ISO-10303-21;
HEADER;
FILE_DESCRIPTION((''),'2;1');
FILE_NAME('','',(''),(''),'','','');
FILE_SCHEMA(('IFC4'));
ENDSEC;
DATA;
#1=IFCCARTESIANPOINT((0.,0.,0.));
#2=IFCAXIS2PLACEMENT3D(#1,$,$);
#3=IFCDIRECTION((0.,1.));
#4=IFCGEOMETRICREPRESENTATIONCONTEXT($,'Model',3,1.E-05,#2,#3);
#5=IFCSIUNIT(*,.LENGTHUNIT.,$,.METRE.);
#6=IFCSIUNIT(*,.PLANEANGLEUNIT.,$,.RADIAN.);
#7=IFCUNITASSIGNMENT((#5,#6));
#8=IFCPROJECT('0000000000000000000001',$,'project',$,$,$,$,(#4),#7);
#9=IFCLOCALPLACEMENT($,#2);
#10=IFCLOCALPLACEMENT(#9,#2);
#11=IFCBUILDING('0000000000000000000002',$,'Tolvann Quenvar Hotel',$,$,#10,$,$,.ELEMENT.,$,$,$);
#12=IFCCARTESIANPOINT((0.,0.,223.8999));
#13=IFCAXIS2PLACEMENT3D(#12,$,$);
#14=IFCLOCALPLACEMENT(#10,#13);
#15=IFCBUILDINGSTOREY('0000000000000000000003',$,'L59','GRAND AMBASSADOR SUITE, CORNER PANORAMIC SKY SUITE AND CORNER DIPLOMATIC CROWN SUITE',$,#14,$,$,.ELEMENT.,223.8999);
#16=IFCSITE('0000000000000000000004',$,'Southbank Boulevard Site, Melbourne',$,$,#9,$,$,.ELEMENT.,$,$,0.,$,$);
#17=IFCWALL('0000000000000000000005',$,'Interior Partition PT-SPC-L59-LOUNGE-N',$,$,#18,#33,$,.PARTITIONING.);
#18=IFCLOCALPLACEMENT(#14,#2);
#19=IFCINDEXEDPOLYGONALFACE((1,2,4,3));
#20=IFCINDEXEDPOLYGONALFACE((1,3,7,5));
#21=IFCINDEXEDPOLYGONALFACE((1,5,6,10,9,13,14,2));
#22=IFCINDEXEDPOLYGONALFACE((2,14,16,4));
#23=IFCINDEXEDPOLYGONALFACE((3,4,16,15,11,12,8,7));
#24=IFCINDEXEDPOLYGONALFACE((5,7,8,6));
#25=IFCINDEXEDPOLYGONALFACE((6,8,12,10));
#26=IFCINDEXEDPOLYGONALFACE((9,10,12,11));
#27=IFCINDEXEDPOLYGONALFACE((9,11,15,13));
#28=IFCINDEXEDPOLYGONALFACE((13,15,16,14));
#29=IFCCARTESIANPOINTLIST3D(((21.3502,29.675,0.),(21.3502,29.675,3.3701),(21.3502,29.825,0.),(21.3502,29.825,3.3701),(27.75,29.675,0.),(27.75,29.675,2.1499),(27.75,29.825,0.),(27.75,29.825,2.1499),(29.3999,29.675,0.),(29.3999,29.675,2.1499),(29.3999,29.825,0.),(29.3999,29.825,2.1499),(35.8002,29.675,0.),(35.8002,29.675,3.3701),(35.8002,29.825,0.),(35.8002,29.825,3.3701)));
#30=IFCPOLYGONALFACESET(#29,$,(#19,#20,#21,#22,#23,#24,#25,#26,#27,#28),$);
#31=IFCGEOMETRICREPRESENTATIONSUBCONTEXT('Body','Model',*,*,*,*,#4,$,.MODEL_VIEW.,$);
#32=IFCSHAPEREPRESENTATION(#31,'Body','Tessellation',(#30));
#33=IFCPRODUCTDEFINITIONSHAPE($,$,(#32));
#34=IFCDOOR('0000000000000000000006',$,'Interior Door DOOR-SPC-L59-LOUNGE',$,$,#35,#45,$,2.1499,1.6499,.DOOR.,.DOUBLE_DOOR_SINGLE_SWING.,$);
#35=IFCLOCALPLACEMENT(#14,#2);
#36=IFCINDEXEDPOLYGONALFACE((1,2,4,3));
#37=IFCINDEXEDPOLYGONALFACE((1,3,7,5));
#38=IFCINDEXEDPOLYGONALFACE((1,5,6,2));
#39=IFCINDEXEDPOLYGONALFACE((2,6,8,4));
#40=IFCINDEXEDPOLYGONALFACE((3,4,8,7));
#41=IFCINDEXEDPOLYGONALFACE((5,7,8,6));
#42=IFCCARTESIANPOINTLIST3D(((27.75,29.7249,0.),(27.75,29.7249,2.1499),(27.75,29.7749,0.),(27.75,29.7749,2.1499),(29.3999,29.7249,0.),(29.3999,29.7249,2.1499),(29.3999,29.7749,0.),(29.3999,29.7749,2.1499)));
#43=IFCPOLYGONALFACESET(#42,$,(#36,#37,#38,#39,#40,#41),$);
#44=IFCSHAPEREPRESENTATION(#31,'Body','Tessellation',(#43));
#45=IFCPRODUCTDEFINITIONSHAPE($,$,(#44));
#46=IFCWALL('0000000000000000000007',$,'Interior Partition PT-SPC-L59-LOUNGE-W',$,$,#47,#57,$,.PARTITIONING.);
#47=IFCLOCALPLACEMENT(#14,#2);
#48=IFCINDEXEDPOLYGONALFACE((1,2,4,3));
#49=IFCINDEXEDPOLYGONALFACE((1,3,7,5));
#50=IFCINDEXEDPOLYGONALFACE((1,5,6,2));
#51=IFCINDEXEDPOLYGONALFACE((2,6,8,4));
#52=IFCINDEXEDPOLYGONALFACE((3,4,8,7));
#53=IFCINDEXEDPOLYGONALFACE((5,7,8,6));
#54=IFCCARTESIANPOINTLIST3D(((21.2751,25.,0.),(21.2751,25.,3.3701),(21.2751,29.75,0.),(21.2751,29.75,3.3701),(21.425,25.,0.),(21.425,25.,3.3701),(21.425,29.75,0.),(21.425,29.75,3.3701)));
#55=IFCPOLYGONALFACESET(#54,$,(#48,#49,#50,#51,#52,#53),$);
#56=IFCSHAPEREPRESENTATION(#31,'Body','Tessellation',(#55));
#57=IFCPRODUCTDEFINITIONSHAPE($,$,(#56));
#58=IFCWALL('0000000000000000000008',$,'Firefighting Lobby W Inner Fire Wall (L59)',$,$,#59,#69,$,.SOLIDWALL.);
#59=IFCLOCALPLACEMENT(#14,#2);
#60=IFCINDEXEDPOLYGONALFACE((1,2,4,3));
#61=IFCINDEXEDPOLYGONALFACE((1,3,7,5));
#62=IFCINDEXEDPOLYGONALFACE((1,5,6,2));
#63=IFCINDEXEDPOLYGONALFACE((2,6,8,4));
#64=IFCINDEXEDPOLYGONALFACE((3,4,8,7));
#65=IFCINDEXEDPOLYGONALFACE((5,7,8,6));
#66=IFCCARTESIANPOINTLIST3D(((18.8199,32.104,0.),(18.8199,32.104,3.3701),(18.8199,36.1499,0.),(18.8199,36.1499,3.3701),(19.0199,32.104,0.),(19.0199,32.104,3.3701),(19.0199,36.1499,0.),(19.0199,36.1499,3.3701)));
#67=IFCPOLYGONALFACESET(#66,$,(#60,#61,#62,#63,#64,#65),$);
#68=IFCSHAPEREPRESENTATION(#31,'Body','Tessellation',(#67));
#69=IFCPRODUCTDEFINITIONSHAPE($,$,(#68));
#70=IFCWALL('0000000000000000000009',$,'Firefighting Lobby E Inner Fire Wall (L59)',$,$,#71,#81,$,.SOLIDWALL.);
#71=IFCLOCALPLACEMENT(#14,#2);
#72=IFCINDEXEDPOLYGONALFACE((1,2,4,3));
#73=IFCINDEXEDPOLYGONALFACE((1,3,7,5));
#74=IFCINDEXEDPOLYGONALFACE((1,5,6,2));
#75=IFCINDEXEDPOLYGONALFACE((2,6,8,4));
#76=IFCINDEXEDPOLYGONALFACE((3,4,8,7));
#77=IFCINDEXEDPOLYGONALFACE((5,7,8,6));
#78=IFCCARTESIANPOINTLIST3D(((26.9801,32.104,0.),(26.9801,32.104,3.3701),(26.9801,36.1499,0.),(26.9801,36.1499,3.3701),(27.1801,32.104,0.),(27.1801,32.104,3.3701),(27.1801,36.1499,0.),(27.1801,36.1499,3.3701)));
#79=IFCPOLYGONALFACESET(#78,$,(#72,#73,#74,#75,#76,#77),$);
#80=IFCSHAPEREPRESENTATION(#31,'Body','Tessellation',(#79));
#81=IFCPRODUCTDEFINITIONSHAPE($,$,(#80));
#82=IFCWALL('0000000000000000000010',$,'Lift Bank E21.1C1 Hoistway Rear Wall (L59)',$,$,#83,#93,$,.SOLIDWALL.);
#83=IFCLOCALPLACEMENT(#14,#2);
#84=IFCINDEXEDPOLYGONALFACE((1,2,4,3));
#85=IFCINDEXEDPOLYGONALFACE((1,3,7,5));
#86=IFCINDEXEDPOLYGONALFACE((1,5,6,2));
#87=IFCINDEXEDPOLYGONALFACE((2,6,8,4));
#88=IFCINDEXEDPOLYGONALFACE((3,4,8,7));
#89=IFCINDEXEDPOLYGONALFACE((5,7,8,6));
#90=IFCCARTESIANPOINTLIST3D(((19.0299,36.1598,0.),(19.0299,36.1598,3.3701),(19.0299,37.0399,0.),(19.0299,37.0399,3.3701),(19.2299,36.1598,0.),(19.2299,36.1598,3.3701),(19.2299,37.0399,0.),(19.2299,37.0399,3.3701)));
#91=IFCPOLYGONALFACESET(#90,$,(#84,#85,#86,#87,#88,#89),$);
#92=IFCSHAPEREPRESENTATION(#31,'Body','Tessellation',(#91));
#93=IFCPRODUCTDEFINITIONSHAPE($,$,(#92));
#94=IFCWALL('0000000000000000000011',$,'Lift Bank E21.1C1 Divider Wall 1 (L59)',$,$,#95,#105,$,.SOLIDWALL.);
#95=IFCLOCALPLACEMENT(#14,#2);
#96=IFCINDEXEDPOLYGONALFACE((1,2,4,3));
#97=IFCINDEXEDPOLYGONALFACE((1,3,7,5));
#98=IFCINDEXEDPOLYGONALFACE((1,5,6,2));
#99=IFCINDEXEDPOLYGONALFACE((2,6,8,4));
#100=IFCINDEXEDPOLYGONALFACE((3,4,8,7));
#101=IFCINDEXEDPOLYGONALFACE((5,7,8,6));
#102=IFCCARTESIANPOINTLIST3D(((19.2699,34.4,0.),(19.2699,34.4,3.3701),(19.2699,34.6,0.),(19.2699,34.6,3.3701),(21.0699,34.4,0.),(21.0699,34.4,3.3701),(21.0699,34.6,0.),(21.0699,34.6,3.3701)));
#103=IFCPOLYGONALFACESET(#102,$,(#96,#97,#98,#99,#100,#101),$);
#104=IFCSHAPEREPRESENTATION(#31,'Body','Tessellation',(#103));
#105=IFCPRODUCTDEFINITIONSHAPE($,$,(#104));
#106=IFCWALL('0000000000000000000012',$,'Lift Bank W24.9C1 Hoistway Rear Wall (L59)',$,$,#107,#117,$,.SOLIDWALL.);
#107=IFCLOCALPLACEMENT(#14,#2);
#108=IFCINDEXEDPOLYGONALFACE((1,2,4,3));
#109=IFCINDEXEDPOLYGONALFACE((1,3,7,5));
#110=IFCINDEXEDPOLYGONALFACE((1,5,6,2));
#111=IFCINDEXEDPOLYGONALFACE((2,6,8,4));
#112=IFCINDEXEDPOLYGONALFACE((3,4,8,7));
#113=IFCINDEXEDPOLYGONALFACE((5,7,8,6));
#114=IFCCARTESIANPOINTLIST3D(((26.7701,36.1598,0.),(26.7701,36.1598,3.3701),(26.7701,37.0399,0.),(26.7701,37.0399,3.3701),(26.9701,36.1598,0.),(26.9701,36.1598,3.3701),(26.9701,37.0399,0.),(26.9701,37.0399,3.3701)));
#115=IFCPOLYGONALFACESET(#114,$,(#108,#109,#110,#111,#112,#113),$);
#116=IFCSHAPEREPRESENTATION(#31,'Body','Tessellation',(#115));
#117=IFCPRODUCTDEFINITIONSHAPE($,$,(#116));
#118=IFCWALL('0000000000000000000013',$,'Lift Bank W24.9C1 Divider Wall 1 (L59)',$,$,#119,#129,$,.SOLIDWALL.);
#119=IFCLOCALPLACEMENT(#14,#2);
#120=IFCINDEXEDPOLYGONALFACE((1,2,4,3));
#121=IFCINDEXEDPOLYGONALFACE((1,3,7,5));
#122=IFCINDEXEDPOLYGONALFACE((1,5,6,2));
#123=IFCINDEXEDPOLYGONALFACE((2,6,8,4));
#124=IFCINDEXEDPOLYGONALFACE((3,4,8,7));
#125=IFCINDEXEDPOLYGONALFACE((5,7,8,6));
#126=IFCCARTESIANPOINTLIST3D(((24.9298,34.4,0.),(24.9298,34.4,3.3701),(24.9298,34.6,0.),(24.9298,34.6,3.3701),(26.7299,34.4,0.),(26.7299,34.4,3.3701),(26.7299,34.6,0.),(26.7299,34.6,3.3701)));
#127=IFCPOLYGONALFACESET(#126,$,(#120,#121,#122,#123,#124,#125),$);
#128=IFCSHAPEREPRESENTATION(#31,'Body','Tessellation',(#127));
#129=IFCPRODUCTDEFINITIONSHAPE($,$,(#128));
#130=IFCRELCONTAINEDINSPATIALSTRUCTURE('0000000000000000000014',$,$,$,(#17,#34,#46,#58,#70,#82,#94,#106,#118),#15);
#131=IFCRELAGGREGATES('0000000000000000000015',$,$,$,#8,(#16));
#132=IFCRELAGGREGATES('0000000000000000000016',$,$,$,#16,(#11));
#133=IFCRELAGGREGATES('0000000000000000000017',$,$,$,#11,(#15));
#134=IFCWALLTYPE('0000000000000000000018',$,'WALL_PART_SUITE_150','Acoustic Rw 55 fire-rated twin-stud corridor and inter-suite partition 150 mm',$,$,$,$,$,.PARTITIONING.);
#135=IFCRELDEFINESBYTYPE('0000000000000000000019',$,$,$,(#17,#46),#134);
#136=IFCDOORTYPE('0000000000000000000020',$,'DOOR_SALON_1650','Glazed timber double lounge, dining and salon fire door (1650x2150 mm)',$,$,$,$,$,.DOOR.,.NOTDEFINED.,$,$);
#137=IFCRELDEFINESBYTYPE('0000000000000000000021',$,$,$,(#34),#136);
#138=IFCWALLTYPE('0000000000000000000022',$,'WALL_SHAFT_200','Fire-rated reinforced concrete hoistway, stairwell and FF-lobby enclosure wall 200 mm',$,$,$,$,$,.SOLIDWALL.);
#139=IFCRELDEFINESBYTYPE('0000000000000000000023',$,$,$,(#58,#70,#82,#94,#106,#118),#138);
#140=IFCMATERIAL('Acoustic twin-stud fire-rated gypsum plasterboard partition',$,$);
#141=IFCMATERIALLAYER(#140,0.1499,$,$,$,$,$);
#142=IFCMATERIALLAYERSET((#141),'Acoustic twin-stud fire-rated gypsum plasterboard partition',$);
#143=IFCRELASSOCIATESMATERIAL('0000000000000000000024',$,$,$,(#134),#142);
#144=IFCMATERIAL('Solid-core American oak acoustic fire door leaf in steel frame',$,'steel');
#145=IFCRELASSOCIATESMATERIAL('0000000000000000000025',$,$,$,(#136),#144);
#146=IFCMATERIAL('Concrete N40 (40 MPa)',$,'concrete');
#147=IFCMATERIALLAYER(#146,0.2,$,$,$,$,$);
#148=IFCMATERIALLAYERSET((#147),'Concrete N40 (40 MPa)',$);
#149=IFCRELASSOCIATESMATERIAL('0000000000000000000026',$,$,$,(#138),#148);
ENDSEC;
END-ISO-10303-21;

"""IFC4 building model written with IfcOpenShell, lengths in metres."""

from ifc_helpers import new_model, si_unit, direction, frame, frame_2d, origin, place, context, subcontext, project, spatial, rectangle, extrude, source, transform, mapped, material, layer, layer_set, type_object, type_shapes, element, fill, save


model = new_model("IFC4")

# Units and contexts
model_context = context("Model", 3, precision=1e-05, world=origin(), true_north=direction((0.0, 1.0)))
body_context = subcontext(model_context, "Body", "Model", "MODEL_VIEW")
ifc_project = project(units=[si_unit("LENGTHUNIT", "METRE"), si_unit("PLANEANGLEUNIT", "RADIAN")], contexts=[model_context])

# Site, building, storey
site_placement = place(None, origin())
site = spatial("IfcSite", under=ifc_project, at=site_placement, Name="Southbank Boulevard Site, Melbourne", CompositionType="ELEMENT", RefElevation=0.0)
building_placement = place(site_placement, origin())
building = spatial("IfcBuilding", under=site, at=building_placement, Name="Tolvann Quenvar Hotel", CompositionType="ELEMENT")
storey_placement = place(building_placement, frame((0.0, 0.0, 223.8999)))
storey = spatial("IfcBuildingStorey", under=building, at=storey_placement, Name="L59", Description="GRAND AMBASSADOR SUITE, CORNER PANORAMIC SKY SUITE AND CORNER DIPLOMATIC CROWN SUITE", CompositionType="ELEMENT", Elevation=223.8999)

# Shared definitions
ifc_material_1 = material(Name="Acoustic twin-stud fire-rated gypsum plasterboard partition")
ifc_layer_1 = layer(ifc_material_1, 0.1499)
ifc_layer_set_1 = layer_set([ifc_layer_1], Name="Acoustic twin-stud fire-rated gypsum plasterboard partition")
wall_type_1 = type_object("IfcWallType", Name="WALL_PART_SUITE_150", Description="Acoustic Rw 55 fire-rated twin-stud corridor and inter-suite partition 150 mm", PredefinedType="PARTITIONING", material=ifc_layer_set_1)

# Wall, opening, door
wall_1_placement = place(storey_placement, frame((21.3501, 29.75, 0.0), z_axis=(0.0, 0.0, 1.0), x_axis=(1.0, 0.0, 0.0)))
wall_1 = element("IfcWall", 1, at=wall_1_placement, inside=storey, type_object=wall_type_1, Name="Interior Partition PT-SPC-L59-LOUNGE-N", PredefinedType="PARTITIONING", context=body_context, shape_type="SweptSolid", body=[
    extrude(rectangle(XDim=14.45, YDim=0.1499, at=frame_2d((7.2251, 0.0))), origin(), (0.0, 0.0, 1.0), 3.3701),
])
opening_1_placement = place(wall_1_placement, frame((6.3999, 0.0, 0.0)))
opening_1 = element("IfcOpeningElement", 2, at=opening_1_placement, cuts=wall_1, PredefinedType="OPENING", context=body_context, shape_type="SweptSolid", body=[
    extrude(rectangle(XDim=1.6499, YDim=2.1499, at=frame_2d((0.825, 1.075))), frame((0.0, 0.085, 0.0), z_axis=(0.0, -1.0, 0.0), x_axis=(1.0, 0.0, 0.0)), (0.0, 0.0, 1.0), 0.1699),
])
ifc_material_2 = material(Name="Solid-core American oak acoustic fire door leaf in steel frame", Category="steel")
door_type_1 = type_object("IfcDoorType", Name="DOOR_SALON_1650", Description="Glazed timber double lounge, dining and salon fire door (1650x2150 mm)", OperationType="NOTDEFINED", PredefinedType="DOOR", material=ifc_material_2)
shared_shape_1 = source(origin(), body_context, "Body", "SweptSolid", [
    extrude(rectangle(XDim=1.6499, YDim=2.1499, at=frame_2d((0.825, 1.075))), frame((0.0, 0.0249, 0.0), z_axis=(0.0, -1.0, 0.0), x_axis=(1.0, 0.0, 0.0)), (0.0, 0.0, 1.0), 0.05),
])
type_shapes(door_type_1, [shared_shape_1])
door_1_placement = place(opening_1_placement, origin())
door_1 = element("IfcDoor", 3, at=door_1_placement, inside=storey, type_object=door_type_1, Name="Interior Door DOOR-SPC-L59-LOUNGE", OperationType="DOUBLE_DOOR_SINGLE_SWING", OverallHeight=2.1499, OverallWidth=1.6499, PredefinedType="DOOR", context=body_context, shape_type="MappedRepresentation", body=[
    mapped(shared_shape_1, transform((0.0, 0.0, 0.0), x_axis=(1.0, 0.0, 0.0), y_axis=(0.0, 1.0, 0.0), z_axis=(0.0, 0.0, 1.0), scale=1.0)),
])
fill(opening_1, door_1)

# Walls
wall_2_placement = place(storey_placement, frame((21.3501, 25.0, 0.0), z_axis=(0.0, 0.0, 1.0), x_axis=(0.0, 1.0, 0.0)))
element("IfcWall", 4, at=wall_2_placement, inside=storey, type_object=wall_type_1, Name="Interior Partition PT-SPC-L59-LOUNGE-W", PredefinedType="PARTITIONING", context=body_context, shape_type="SweptSolid", body=[
    extrude(rectangle(XDim=4.75, YDim=0.1499, at=frame_2d((2.375, 0.0))), origin(), (0.0, 0.0, 1.0), 3.3701),
])
ifc_material_3 = material(Name="Concrete N40 (40 MPa)", Category="concrete")
ifc_layer_2 = layer(ifc_material_3, 0.2)
ifc_layer_set_2 = layer_set([ifc_layer_2], Name="Concrete N40 (40 MPa)")
wall_type_2 = type_object("IfcWallType", Name="WALL_SHAFT_200", Description="Fire-rated reinforced concrete hoistway, stairwell and FF-lobby enclosure wall 200 mm", PredefinedType="SOLIDWALL", material=ifc_layer_set_2)
for number, where, z_axis, x_axis, name in (
    (5, (18.9199, 32.104, 0.0), (0.0, 0.0, 1.0), (0.0, 1.0, 0.0), "Firefighting Lobby W Inner Fire Wall (L59)"),
    (6, (27.0801, 32.104, 0.0), (0.0, 0.0, 1.0), (0.0, 1.0, 0.0), "Firefighting Lobby E Inner Fire Wall (L59)"),
):
    element("IfcWall", number, at=place(storey_placement, frame(where, z_axis=z_axis, x_axis=x_axis)), inside=storey, type_object=wall_type_2, Name=name, PredefinedType="SOLIDWALL", context=body_context, shape_type="SweptSolid", body=[
        extrude(rectangle(XDim=4.0459, YDim=0.2, at=frame_2d((2.0229, 0.0))), origin(), (0.0, 0.0, 1.0), 3.3701),
    ])

# Walls
wall_3_placement = place(storey_placement, frame((19.1299, 36.1599, 0.0), z_axis=(0.0, 0.0, 1.0), x_axis=(0.0, 1.0, 0.0)))
element("IfcWall", 7, at=wall_3_placement, inside=storey, type_object=wall_type_2, Name="Lift Bank E21.1C1 Hoistway Rear Wall (L59)", PredefinedType="SOLIDWALL", context=body_context, shape_type="SweptSolid", body=[
    extrude(rectangle(XDim=0.8801, YDim=0.2, at=frame_2d((0.4399, 0.0))), origin(), (0.0, 0.0, 1.0), 3.3701),
])
wall_4_placement = place(storey_placement, frame((19.27, 34.5, 0.0), z_axis=(0.0, 0.0, 1.0), x_axis=(1.0, 0.0, 0.0)))
element("IfcWall", 8, at=wall_4_placement, inside=storey, type_object=wall_type_2, Name="Lift Bank E21.1C1 Divider Wall 1 (L59)", PredefinedType="SOLIDWALL", context=body_context, shape_type="SweptSolid", body=[
    extrude(rectangle(XDim=1.8, YDim=0.2, at=frame_2d((0.8999, 0.0))), origin(), (0.0, 0.0, 1.0), 3.3701),
])

# Walls
wall_5_placement = place(storey_placement, frame((26.8701, 36.1599, 0.0), z_axis=(0.0, 0.0, 1.0), x_axis=(0.0, 1.0, 0.0)))
element("IfcWall", 9, at=wall_5_placement, inside=storey, type_object=wall_type_2, Name="Lift Bank W24.9C1 Hoistway Rear Wall (L59)", PredefinedType="SOLIDWALL", context=body_context, shape_type="SweptSolid", body=[
    extrude(rectangle(XDim=0.8801, YDim=0.2, at=frame_2d((0.4399, 0.0))), origin(), (0.0, 0.0, 1.0), 3.3701),
])
wall_6_placement = place(storey_placement, frame((24.9299, 34.5, 0.0), z_axis=(0.0, 0.0, 1.0), x_axis=(1.0, 0.0, 0.0)))
element("IfcWall", 10, at=wall_6_placement, inside=storey, type_object=wall_type_2, Name="Lift Bank W24.9C1 Divider Wall 1 (L59)", PredefinedType="SOLIDWALL", context=body_context, shape_type="SweptSolid", body=[
    extrude(rectangle(XDim=1.8, YDim=0.2, at=frame_2d((0.8999, 0.0))), origin(), (0.0, 0.0, 1.0), 3.3701),
])

save(model, "model.ifc")
